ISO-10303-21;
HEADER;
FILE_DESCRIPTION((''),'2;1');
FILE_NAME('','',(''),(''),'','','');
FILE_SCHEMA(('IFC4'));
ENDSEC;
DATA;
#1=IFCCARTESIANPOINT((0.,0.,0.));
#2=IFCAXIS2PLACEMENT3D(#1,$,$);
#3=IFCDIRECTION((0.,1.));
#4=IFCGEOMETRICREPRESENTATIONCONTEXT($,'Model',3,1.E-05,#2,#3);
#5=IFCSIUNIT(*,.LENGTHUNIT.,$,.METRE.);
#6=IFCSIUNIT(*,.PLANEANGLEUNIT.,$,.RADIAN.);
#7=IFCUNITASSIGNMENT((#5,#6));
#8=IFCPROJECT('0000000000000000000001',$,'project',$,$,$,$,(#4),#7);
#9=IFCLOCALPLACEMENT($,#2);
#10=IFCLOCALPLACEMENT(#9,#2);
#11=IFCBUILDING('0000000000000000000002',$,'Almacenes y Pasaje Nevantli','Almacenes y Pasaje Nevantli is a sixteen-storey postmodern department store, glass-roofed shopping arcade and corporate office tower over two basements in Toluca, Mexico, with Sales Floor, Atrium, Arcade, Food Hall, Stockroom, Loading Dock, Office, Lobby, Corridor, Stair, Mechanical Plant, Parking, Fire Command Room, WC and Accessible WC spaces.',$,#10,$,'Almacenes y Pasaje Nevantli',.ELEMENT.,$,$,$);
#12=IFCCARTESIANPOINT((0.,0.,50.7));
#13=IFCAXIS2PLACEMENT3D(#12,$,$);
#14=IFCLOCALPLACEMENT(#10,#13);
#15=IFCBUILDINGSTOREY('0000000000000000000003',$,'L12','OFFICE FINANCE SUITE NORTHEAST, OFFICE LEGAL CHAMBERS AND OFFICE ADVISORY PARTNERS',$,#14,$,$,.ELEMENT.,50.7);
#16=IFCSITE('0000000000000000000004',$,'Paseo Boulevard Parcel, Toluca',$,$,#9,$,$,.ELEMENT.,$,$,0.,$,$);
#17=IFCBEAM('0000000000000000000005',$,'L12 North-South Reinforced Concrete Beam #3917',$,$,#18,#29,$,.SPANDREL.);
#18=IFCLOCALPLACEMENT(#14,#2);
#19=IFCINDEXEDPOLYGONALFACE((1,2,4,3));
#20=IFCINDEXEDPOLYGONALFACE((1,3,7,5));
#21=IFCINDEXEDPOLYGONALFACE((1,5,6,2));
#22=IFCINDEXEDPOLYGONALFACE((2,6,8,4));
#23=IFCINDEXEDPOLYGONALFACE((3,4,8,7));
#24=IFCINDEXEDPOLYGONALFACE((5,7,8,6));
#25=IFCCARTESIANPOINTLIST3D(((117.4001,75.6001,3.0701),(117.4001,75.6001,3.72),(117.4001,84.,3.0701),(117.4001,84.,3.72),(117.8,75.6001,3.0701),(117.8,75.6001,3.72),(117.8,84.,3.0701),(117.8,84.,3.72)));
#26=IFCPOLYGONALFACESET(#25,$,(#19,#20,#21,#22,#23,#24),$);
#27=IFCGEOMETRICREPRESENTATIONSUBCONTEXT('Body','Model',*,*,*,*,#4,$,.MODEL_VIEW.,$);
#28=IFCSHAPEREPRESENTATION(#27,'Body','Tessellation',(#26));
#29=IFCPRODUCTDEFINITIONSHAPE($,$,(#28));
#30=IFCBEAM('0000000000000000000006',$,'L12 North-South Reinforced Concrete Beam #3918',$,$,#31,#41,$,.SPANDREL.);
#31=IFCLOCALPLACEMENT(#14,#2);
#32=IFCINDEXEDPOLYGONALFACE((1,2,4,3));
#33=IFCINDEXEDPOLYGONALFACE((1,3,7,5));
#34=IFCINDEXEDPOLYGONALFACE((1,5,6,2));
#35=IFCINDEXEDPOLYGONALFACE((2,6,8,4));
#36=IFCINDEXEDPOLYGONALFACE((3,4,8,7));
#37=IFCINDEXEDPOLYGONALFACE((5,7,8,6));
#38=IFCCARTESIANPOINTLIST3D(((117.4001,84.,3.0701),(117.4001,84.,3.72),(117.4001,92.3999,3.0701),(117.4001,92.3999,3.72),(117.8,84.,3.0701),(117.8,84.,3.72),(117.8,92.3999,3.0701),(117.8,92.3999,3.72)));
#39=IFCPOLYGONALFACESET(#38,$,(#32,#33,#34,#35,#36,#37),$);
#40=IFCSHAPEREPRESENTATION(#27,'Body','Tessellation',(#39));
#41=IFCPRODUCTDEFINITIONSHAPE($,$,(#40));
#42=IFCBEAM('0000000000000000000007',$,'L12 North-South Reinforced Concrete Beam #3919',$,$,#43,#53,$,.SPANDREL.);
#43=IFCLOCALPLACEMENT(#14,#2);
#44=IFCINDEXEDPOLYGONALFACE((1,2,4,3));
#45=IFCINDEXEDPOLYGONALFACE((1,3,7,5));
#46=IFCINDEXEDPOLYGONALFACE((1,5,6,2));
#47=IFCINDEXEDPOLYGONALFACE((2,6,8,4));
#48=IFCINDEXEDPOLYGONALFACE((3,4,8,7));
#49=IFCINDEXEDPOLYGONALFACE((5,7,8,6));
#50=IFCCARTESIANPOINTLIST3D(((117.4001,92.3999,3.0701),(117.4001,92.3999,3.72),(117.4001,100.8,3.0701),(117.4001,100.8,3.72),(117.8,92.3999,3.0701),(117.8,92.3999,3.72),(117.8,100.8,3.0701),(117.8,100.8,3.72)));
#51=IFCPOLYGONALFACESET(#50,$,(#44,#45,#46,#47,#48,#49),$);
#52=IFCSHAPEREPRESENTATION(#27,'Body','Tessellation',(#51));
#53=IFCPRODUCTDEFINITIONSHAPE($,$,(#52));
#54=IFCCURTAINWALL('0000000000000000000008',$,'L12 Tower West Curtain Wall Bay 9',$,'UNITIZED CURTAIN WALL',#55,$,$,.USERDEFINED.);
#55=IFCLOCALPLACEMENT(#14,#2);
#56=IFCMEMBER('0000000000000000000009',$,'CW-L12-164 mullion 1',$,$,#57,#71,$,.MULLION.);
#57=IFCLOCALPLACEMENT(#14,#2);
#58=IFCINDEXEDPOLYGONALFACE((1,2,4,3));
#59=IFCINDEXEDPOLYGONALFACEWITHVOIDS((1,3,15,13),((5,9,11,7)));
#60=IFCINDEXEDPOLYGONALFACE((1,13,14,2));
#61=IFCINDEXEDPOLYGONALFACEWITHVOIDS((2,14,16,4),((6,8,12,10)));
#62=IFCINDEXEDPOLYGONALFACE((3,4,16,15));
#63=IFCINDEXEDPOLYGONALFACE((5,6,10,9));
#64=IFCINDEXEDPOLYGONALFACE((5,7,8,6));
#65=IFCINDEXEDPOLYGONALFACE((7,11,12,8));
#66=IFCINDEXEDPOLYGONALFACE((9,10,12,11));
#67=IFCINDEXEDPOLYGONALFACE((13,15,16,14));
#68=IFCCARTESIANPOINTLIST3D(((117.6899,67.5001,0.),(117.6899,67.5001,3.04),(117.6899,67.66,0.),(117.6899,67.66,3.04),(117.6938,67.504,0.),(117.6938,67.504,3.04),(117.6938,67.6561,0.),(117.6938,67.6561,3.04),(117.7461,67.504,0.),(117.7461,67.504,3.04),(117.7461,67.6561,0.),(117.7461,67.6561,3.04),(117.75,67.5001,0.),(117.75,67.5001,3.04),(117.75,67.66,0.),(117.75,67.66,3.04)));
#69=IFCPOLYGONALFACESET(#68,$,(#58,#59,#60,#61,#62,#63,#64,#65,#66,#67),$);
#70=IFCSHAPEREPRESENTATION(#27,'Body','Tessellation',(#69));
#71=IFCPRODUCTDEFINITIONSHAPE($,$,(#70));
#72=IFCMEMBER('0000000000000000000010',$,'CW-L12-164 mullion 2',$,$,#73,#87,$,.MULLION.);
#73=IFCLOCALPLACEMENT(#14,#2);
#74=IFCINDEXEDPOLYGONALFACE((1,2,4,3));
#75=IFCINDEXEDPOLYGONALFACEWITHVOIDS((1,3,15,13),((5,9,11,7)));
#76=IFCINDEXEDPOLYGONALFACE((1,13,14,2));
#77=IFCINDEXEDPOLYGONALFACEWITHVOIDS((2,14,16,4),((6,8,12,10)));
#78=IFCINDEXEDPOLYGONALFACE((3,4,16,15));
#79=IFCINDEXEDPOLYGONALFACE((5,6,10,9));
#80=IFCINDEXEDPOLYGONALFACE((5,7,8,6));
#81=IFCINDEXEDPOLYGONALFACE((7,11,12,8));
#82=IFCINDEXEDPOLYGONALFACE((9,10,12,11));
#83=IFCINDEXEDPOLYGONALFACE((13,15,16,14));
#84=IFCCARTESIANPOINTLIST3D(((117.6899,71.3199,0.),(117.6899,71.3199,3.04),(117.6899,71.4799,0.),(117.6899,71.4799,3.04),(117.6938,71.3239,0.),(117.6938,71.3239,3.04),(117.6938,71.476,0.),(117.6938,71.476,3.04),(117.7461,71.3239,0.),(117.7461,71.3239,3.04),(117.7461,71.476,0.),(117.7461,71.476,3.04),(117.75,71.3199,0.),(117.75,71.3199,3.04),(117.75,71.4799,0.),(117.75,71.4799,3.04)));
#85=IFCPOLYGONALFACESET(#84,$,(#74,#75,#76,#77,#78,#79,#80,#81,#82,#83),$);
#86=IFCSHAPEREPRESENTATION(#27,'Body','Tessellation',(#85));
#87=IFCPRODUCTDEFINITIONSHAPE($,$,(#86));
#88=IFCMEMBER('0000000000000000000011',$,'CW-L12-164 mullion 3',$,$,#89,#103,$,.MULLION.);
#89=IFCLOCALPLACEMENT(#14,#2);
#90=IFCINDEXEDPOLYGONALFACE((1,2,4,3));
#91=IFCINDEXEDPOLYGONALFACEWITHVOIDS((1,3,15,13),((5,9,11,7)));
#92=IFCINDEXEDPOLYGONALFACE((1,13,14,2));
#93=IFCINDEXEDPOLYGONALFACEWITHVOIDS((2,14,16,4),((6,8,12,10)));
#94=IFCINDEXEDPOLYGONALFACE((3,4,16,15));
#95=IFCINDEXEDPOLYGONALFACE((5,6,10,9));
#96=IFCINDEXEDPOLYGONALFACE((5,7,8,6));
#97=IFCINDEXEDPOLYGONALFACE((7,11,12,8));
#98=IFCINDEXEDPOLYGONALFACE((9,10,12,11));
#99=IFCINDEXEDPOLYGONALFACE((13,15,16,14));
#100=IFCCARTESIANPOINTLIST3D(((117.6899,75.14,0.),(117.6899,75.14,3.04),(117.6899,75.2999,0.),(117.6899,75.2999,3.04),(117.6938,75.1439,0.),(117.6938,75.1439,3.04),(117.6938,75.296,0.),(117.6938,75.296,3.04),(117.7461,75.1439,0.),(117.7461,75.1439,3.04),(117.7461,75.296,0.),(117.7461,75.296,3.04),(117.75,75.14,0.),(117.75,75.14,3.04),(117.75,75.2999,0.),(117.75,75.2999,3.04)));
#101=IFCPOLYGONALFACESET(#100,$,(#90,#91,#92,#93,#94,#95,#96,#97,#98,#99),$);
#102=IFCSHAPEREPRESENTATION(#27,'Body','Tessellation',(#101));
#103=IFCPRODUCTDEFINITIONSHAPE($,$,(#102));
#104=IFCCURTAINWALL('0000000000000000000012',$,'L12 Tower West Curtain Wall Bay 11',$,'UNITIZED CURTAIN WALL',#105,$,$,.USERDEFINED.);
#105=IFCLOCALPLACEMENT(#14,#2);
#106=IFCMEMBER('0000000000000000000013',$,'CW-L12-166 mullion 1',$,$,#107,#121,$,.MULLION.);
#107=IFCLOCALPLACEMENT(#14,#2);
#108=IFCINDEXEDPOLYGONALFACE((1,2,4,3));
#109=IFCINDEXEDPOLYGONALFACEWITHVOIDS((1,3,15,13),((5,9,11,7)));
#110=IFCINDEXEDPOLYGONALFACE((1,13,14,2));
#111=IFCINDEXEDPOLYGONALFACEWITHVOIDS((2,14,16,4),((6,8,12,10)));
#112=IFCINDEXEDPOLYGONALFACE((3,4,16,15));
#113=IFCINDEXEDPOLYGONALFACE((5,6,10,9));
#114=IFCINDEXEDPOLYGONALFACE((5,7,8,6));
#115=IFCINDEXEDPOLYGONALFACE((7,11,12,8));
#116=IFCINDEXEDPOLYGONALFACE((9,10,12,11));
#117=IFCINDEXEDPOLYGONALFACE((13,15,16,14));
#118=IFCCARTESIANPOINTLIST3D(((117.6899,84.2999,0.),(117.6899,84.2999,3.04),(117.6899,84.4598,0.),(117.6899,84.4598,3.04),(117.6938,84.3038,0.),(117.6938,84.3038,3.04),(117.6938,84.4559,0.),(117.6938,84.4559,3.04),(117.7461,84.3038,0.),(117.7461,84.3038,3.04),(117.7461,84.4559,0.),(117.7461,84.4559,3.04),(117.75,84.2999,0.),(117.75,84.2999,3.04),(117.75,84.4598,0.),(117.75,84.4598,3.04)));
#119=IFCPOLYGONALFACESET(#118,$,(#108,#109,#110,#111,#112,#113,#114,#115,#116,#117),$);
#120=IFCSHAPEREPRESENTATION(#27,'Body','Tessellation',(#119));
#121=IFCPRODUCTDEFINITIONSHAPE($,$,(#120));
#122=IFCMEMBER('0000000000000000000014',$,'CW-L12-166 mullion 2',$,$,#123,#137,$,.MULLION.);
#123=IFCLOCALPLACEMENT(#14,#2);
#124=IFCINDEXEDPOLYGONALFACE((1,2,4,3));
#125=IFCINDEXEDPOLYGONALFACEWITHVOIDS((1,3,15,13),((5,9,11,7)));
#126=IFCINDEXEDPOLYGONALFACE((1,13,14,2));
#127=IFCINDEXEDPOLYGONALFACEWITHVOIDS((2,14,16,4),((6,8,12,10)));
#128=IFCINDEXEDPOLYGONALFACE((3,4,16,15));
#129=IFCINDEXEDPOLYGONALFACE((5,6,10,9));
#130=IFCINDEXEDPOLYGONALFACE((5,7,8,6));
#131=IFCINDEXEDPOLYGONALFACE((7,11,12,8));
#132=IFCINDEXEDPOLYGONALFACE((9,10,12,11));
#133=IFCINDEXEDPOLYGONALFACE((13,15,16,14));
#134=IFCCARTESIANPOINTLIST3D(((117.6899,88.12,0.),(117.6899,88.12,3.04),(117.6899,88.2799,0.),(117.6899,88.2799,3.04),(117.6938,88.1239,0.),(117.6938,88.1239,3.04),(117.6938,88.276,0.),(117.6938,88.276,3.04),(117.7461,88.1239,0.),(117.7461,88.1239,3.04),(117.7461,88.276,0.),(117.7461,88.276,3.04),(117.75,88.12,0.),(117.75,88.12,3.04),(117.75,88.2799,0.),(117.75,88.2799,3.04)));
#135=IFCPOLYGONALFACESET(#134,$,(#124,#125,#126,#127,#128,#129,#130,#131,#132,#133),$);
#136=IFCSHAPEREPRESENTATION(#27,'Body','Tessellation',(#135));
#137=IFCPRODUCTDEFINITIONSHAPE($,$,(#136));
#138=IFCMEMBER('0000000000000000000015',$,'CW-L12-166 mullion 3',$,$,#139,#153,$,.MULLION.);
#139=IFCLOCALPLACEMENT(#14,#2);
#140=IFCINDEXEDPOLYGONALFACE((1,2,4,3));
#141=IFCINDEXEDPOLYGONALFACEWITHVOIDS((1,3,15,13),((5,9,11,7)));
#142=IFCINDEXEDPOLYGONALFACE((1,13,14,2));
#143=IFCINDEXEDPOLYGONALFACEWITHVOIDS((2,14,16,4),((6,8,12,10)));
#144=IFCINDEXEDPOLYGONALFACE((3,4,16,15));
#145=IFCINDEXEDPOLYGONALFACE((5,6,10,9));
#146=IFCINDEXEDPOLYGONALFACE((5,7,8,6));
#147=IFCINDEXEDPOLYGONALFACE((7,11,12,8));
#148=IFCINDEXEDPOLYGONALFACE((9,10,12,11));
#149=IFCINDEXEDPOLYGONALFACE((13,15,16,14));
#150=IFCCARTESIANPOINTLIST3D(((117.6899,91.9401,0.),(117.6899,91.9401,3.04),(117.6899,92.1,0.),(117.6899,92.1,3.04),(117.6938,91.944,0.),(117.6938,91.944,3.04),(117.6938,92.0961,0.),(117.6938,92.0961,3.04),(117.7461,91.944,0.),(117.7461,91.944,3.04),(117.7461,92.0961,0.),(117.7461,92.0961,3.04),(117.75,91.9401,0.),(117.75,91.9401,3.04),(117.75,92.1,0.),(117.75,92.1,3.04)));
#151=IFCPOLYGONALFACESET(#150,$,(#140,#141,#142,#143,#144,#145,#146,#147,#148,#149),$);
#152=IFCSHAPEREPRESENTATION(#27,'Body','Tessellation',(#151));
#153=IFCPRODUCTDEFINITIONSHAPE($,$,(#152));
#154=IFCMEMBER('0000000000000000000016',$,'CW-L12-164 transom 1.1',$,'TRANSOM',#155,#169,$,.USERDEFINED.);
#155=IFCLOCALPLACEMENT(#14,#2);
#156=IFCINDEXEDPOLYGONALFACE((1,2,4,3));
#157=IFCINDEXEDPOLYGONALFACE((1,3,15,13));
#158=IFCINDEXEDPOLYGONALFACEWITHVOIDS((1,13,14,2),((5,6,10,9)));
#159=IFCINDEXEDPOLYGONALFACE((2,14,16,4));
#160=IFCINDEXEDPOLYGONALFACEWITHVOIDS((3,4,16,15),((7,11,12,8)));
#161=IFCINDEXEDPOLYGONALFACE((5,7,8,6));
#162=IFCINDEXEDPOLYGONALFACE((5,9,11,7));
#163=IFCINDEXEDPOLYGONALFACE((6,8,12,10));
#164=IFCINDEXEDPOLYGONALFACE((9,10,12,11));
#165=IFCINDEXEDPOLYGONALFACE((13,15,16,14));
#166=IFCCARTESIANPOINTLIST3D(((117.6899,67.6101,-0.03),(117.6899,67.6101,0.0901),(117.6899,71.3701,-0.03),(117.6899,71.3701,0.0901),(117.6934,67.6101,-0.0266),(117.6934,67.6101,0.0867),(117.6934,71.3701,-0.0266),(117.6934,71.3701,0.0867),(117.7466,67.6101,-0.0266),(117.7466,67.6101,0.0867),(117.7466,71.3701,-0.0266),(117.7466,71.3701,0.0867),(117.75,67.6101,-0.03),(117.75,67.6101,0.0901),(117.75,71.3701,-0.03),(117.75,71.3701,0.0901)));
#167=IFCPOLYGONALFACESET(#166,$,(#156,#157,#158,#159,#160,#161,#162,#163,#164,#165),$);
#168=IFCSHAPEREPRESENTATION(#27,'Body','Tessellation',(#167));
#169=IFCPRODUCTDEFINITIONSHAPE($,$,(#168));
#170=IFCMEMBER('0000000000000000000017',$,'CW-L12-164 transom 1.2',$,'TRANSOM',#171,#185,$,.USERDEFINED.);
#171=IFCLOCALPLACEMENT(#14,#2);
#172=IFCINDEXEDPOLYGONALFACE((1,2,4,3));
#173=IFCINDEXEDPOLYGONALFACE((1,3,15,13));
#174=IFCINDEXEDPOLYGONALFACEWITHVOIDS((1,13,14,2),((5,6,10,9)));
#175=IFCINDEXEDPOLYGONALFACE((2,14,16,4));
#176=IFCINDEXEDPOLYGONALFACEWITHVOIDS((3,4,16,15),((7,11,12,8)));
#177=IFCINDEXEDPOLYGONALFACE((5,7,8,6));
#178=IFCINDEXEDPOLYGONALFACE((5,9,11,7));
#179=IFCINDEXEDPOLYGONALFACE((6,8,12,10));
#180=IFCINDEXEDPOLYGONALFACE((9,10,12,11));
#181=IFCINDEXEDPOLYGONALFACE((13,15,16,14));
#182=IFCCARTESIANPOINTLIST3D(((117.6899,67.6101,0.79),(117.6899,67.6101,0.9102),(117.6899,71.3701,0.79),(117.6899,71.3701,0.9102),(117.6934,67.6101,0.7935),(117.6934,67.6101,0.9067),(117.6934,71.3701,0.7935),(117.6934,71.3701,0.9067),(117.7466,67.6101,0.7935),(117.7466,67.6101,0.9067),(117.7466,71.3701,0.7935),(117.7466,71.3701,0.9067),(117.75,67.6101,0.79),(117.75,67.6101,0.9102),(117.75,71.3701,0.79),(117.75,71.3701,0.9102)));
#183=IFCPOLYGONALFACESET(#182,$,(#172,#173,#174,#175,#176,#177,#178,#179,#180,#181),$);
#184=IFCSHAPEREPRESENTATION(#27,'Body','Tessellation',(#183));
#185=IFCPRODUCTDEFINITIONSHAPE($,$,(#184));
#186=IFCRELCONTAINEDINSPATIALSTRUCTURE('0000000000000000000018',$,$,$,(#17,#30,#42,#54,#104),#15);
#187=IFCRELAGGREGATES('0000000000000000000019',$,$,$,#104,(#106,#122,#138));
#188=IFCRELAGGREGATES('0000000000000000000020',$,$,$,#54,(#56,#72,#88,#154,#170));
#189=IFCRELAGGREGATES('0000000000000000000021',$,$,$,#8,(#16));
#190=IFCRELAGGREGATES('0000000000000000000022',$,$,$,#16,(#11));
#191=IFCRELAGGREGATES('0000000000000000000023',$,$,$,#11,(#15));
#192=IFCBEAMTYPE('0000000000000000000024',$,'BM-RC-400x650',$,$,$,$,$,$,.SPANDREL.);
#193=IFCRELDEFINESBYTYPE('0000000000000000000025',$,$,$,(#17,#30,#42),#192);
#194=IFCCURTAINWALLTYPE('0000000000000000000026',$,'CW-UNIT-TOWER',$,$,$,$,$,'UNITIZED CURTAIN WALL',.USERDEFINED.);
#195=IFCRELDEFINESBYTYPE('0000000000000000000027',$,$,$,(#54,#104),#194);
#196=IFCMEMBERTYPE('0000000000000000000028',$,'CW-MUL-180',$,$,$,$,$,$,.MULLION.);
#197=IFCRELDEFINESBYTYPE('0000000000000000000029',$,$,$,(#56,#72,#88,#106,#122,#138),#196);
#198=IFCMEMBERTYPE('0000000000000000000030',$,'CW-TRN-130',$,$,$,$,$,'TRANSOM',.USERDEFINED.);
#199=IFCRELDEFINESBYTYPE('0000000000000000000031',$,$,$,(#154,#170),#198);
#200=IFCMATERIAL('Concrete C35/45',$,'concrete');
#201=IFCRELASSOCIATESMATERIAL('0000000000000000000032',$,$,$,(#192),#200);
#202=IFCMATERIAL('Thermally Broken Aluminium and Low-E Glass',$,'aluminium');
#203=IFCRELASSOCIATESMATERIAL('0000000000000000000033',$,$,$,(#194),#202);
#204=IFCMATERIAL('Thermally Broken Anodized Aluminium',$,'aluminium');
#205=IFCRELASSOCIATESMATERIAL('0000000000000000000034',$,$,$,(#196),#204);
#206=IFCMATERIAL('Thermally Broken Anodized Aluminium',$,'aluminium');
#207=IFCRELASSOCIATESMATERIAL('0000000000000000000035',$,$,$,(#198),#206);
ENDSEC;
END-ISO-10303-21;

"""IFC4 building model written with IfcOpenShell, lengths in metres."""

from ifc_helpers import new_model, si_unit, direction, frame, origin, origin_2d, place, context, subcontext, project, spatial, rectangle, hollow_rectangle, extrude, material, material_profile, profile_set, type_object, element, aggregate, save


model = new_model("IFC4")

# Units and contexts
model_context = context("Model", 3, precision=1e-05, world=origin(), true_north=direction((0.0, 1.0)))
body_context = subcontext(model_context, "Body", "Model", "MODEL_VIEW")
ifc_project = project(units=[si_unit("LENGTHUNIT", "METRE"), si_unit("PLANEANGLEUNIT", "RADIAN")], contexts=[model_context])

# Site, building, storey
site_placement = place(None, origin())
site = spatial("IfcSite", under=ifc_project, at=site_placement, Name="Paseo Boulevard Parcel, Toluca", CompositionType="ELEMENT", RefElevation=0.0)
building_placement = place(site_placement, origin())
building = spatial("IfcBuilding", under=site, at=building_placement, Name="Almacenes y Pasaje Nevantli", Description="Almacenes y Pasaje Nevantli is a sixteen-storey postmodern department store, glass-roofed shopping arcade and corporate office tower over two basements in Toluca, Mexico, with Sales Floor, Atrium, Arcade, Food Hall, Stockroom, Loading Dock, Office, Lobby, Corridor, Stair, Mechanical Plant, Parking, Fire Command Room, WC and Accessible WC spaces.", LongName="Almacenes y Pasaje Nevantli", CompositionType="ELEMENT")
storey_placement = place(building_placement, frame((0.0, 0.0, 50.7)))
storey = spatial("IfcBuildingStorey", under=building, at=storey_placement, Name="L12", Description="OFFICE FINANCE SUITE NORTHEAST, OFFICE LEGAL CHAMBERS AND OFFICE ADVISORY PARTNERS", CompositionType="ELEMENT", Elevation=50.7)

# Beams
ifc_material_1 = material(Name="Concrete C35/45", Category="concrete")
ifc_material_profile_1 = material_profile(ifc_material_1, rectangle(XDim=0.3999, YDim=0.6499, at=origin_2d()), Name="RC-BM-400x650")
ifc_profile_set_1 = profile_set([ifc_material_profile_1], Name="Concrete C35/45")
beam_type = type_object("IfcBeamType", Name="BM-RC-400x650", PredefinedType="SPANDREL", material=ifc_profile_set_1)
for number, where, z_axis, x_axis, name in (
    (1, (117.6001, 75.6001, 3.395), (0.0, 1.0, 0.0), (-1.0, 0.0, 0.0), "L12 North-South Reinforced Concrete Beam #3917"),
    (2, (117.6001, 84.0, 3.395), (0.0, 1.0, 0.0), (-1.0, 0.0, 0.0), "L12 North-South Reinforced Concrete Beam #3918"),
):
    element("IfcBeam", number, at=place(storey_placement, frame(where, z_axis=z_axis, x_axis=x_axis)), inside=storey, type_object=beam_type, Name=name, PredefinedType="SPANDREL", context=body_context, shape_type="SweptSolid", body=[
        extrude(rectangle(XDim=0.3999, YDim=0.6499, at=origin_2d()), origin(), (0.0, 0.0, 1.0), 8.3999),
    ])
beam_placement = place(storey_placement, frame((117.6001, 92.3999, 3.395), z_axis=(0.0, 1.0, 0.0), x_axis=(-1.0, 0.0, 0.0)))
element("IfcBeam", 3, at=beam_placement, inside=storey, type_object=beam_type, Name="L12 North-South Reinforced Concrete Beam #3919", PredefinedType="SPANDREL", context=body_context, shape_type="SweptSolid", body=[
    extrude(rectangle(XDim=0.3999, YDim=0.6499, at=origin_2d()), origin(), (0.0, 0.0, 1.0), 8.4001),
])

# Curtain walls, members
ifc_material_2 = material(Name="Thermally Broken Aluminium and Low-E Glass", Category="aluminium")
curtain_wall_type = type_object("IfcCurtainWallType", Name="CW-UNIT-TOWER", ElementType="UNITIZED CURTAIN WALL", PredefinedType="USERDEFINED", material=ifc_material_2)
curtain_wall_1_placement = place(storey_placement, origin())
curtain_wall_1 = element("IfcCurtainWall", 4, at=curtain_wall_1_placement, inside=storey, type_object=curtain_wall_type, Name="L12 Tower West Curtain Wall Bay 9", ObjectType="UNITIZED CURTAIN WALL", PredefinedType="USERDEFINED")
ifc_material_3 = material(Name="Thermally Broken Anodized Aluminium", Category="aluminium")
ifc_material_profile_2 = material_profile(ifc_material_3, hollow_rectangle(XDim=0.0601, YDim=0.1599, WallThickness=0.0039, at=origin_2d()), Name="ALU-MUL-60x160")
ifc_profile_set_2 = profile_set([ifc_material_profile_2], Name="Thermally Broken Anodized Aluminium")
member_type_1 = type_object("IfcMemberType", Name="CW-MUL-180", PredefinedType="MULLION", material=ifc_profile_set_2)
member_1_placement = place(storey_placement, frame((117.72, 67.5801, 0.0), z_axis=(0.0, 0.0, 1.0), x_axis=(-1.0, 0.0, 0.0)))
member_1 = element("IfcMember", 5, at=member_1_placement, type_object=member_type_1, Name="CW-L12-164 mullion 1", PredefinedType="MULLION", context=body_context, shape_type="SweptSolid", body=[
    extrude(hollow_rectangle(XDim=0.0601, YDim=0.1599, WallThickness=0.0039, at=origin_2d()), origin(), (0.0, 0.0, 1.0), 3.04),
])
member_2_placement = place(storey_placement, frame((117.72, 71.3999, 0.0), z_axis=(0.0, 0.0, 1.0), x_axis=(-1.0, 0.0, 0.0)))
member_2 = element("IfcMember", 6, at=member_2_placement, type_object=member_type_1, Name="CW-L12-164 mullion 2", PredefinedType="MULLION", context=body_context, shape_type="SweptSolid", body=[
    extrude(hollow_rectangle(XDim=0.0601, YDim=0.1599, WallThickness=0.0039, at=origin_2d()), origin(), (0.0, 0.0, 1.0), 3.04),
])
member_3_placement = place(storey_placement, frame((117.72, 75.22, 0.0), z_axis=(0.0, 0.0, 1.0), x_axis=(-1.0, 0.0, 0.0)))
member_3 = element("IfcMember", 7, at=member_3_placement, type_object=member_type_1, Name="CW-L12-164 mullion 3", PredefinedType="MULLION", context=body_context, shape_type="SweptSolid", body=[
    extrude(hollow_rectangle(XDim=0.0601, YDim=0.1599, WallThickness=0.0039, at=origin_2d()), origin(), (0.0, 0.0, 1.0), 3.04),
])
curtain_wall_2_placement = place(storey_placement, origin())
curtain_wall_2 = element("IfcCurtainWall", 8, at=curtain_wall_2_placement, inside=storey, type_object=curtain_wall_type, Name="L12 Tower West Curtain Wall Bay 11", ObjectType="UNITIZED CURTAIN WALL", PredefinedType="USERDEFINED")
member_4_placement = place(storey_placement, frame((117.72, 84.3799, 0.0), z_axis=(0.0, 0.0, 1.0), x_axis=(-1.0, 0.0, 0.0)))
member_4 = element("IfcMember", 9, at=member_4_placement, type_object=member_type_1, Name="CW-L12-166 mullion 1", PredefinedType="MULLION", context=body_context, shape_type="SweptSolid", body=[
    extrude(hollow_rectangle(XDim=0.0601, YDim=0.1599, WallThickness=0.0039, at=origin_2d()), origin(), (0.0, 0.0, 1.0), 3.04),
])
member_5_placement = place(storey_placement, frame((117.72, 88.2, 0.0), z_axis=(0.0, 0.0, 1.0), x_axis=(-1.0, 0.0, 0.0)))
member_5 = element("IfcMember", 10, at=member_5_placement, type_object=member_type_1, Name="CW-L12-166 mullion 2", PredefinedType="MULLION", context=body_context, shape_type="SweptSolid", body=[
    extrude(hollow_rectangle(XDim=0.0601, YDim=0.1599, WallThickness=0.0039, at=origin_2d()), origin(), (0.0, 0.0, 1.0), 3.04),
])
member_6_placement = place(storey_placement, frame((117.72, 92.02, 0.0), z_axis=(0.0, 0.0, 1.0), x_axis=(-1.0, 0.0, 0.0)))
member_6 = element("IfcMember", 11, at=member_6_placement, type_object=member_type_1, Name="CW-L12-166 mullion 3", PredefinedType="MULLION", context=body_context, shape_type="SweptSolid", body=[
    extrude(hollow_rectangle(XDim=0.0601, YDim=0.1599, WallThickness=0.0039, at=origin_2d()), origin(), (0.0, 0.0, 1.0), 3.04),
])

# Members
ifc_material_4 = material(Name="Thermally Broken Anodized Aluminium", Category="aluminium")
ifc_material_profile_3 = material_profile(ifc_material_4, hollow_rectangle(XDim=0.0601, YDim=0.1201, WallThickness=0.0034, at=origin_2d()), Name="ALU-TRN-60x120")
ifc_profile_set_3 = profile_set([ifc_material_profile_3], Name="Thermally Broken Anodized Aluminium")
member_type_2 = type_object("IfcMemberType", Name="CW-TRN-130", ElementType="TRANSOM", PredefinedType="USERDEFINED", material=ifc_profile_set_3)
member_7_placement = place(storey_placement, frame((117.72, 67.6101, 0.03), z_axis=(0.0, 1.0, 0.0), x_axis=(-1.0, 0.0, 0.0)))
member_7 = element("IfcMember", 12, at=member_7_placement, type_object=member_type_2, Name="CW-L12-164 transom 1.1", ObjectType="TRANSOM", PredefinedType="USERDEFINED", context=body_context, shape_type="SweptSolid", body=[
    extrude(hollow_rectangle(XDim=0.0601, YDim=0.1201, WallThickness=0.0034, at=origin_2d()), origin(), (0.0, 0.0, 1.0), 3.76),
])
member_8_placement = place(storey_placement, frame((117.72, 67.6101, 0.8501), z_axis=(0.0, 1.0, 0.0), x_axis=(-1.0, 0.0, 0.0)))
member_8 = element("IfcMember", 13, at=member_8_placement, type_object=member_type_2, Name="CW-L12-164 transom 1.2", ObjectType="TRANSOM", PredefinedType="USERDEFINED", context=body_context, shape_type="SweptSolid", body=[
    extrude(hollow_rectangle(XDim=0.0601, YDim=0.1201, WallThickness=0.0034, at=origin_2d()), origin(), (0.0, 0.0, 1.0), 3.76),
])
aggregate(curtain_wall_2, [member_4, member_5, member_6])

aggregate(curtain_wall_1, [member_1, member_2, member_3, member_7, member_8])

save(model, "model.ifc")
